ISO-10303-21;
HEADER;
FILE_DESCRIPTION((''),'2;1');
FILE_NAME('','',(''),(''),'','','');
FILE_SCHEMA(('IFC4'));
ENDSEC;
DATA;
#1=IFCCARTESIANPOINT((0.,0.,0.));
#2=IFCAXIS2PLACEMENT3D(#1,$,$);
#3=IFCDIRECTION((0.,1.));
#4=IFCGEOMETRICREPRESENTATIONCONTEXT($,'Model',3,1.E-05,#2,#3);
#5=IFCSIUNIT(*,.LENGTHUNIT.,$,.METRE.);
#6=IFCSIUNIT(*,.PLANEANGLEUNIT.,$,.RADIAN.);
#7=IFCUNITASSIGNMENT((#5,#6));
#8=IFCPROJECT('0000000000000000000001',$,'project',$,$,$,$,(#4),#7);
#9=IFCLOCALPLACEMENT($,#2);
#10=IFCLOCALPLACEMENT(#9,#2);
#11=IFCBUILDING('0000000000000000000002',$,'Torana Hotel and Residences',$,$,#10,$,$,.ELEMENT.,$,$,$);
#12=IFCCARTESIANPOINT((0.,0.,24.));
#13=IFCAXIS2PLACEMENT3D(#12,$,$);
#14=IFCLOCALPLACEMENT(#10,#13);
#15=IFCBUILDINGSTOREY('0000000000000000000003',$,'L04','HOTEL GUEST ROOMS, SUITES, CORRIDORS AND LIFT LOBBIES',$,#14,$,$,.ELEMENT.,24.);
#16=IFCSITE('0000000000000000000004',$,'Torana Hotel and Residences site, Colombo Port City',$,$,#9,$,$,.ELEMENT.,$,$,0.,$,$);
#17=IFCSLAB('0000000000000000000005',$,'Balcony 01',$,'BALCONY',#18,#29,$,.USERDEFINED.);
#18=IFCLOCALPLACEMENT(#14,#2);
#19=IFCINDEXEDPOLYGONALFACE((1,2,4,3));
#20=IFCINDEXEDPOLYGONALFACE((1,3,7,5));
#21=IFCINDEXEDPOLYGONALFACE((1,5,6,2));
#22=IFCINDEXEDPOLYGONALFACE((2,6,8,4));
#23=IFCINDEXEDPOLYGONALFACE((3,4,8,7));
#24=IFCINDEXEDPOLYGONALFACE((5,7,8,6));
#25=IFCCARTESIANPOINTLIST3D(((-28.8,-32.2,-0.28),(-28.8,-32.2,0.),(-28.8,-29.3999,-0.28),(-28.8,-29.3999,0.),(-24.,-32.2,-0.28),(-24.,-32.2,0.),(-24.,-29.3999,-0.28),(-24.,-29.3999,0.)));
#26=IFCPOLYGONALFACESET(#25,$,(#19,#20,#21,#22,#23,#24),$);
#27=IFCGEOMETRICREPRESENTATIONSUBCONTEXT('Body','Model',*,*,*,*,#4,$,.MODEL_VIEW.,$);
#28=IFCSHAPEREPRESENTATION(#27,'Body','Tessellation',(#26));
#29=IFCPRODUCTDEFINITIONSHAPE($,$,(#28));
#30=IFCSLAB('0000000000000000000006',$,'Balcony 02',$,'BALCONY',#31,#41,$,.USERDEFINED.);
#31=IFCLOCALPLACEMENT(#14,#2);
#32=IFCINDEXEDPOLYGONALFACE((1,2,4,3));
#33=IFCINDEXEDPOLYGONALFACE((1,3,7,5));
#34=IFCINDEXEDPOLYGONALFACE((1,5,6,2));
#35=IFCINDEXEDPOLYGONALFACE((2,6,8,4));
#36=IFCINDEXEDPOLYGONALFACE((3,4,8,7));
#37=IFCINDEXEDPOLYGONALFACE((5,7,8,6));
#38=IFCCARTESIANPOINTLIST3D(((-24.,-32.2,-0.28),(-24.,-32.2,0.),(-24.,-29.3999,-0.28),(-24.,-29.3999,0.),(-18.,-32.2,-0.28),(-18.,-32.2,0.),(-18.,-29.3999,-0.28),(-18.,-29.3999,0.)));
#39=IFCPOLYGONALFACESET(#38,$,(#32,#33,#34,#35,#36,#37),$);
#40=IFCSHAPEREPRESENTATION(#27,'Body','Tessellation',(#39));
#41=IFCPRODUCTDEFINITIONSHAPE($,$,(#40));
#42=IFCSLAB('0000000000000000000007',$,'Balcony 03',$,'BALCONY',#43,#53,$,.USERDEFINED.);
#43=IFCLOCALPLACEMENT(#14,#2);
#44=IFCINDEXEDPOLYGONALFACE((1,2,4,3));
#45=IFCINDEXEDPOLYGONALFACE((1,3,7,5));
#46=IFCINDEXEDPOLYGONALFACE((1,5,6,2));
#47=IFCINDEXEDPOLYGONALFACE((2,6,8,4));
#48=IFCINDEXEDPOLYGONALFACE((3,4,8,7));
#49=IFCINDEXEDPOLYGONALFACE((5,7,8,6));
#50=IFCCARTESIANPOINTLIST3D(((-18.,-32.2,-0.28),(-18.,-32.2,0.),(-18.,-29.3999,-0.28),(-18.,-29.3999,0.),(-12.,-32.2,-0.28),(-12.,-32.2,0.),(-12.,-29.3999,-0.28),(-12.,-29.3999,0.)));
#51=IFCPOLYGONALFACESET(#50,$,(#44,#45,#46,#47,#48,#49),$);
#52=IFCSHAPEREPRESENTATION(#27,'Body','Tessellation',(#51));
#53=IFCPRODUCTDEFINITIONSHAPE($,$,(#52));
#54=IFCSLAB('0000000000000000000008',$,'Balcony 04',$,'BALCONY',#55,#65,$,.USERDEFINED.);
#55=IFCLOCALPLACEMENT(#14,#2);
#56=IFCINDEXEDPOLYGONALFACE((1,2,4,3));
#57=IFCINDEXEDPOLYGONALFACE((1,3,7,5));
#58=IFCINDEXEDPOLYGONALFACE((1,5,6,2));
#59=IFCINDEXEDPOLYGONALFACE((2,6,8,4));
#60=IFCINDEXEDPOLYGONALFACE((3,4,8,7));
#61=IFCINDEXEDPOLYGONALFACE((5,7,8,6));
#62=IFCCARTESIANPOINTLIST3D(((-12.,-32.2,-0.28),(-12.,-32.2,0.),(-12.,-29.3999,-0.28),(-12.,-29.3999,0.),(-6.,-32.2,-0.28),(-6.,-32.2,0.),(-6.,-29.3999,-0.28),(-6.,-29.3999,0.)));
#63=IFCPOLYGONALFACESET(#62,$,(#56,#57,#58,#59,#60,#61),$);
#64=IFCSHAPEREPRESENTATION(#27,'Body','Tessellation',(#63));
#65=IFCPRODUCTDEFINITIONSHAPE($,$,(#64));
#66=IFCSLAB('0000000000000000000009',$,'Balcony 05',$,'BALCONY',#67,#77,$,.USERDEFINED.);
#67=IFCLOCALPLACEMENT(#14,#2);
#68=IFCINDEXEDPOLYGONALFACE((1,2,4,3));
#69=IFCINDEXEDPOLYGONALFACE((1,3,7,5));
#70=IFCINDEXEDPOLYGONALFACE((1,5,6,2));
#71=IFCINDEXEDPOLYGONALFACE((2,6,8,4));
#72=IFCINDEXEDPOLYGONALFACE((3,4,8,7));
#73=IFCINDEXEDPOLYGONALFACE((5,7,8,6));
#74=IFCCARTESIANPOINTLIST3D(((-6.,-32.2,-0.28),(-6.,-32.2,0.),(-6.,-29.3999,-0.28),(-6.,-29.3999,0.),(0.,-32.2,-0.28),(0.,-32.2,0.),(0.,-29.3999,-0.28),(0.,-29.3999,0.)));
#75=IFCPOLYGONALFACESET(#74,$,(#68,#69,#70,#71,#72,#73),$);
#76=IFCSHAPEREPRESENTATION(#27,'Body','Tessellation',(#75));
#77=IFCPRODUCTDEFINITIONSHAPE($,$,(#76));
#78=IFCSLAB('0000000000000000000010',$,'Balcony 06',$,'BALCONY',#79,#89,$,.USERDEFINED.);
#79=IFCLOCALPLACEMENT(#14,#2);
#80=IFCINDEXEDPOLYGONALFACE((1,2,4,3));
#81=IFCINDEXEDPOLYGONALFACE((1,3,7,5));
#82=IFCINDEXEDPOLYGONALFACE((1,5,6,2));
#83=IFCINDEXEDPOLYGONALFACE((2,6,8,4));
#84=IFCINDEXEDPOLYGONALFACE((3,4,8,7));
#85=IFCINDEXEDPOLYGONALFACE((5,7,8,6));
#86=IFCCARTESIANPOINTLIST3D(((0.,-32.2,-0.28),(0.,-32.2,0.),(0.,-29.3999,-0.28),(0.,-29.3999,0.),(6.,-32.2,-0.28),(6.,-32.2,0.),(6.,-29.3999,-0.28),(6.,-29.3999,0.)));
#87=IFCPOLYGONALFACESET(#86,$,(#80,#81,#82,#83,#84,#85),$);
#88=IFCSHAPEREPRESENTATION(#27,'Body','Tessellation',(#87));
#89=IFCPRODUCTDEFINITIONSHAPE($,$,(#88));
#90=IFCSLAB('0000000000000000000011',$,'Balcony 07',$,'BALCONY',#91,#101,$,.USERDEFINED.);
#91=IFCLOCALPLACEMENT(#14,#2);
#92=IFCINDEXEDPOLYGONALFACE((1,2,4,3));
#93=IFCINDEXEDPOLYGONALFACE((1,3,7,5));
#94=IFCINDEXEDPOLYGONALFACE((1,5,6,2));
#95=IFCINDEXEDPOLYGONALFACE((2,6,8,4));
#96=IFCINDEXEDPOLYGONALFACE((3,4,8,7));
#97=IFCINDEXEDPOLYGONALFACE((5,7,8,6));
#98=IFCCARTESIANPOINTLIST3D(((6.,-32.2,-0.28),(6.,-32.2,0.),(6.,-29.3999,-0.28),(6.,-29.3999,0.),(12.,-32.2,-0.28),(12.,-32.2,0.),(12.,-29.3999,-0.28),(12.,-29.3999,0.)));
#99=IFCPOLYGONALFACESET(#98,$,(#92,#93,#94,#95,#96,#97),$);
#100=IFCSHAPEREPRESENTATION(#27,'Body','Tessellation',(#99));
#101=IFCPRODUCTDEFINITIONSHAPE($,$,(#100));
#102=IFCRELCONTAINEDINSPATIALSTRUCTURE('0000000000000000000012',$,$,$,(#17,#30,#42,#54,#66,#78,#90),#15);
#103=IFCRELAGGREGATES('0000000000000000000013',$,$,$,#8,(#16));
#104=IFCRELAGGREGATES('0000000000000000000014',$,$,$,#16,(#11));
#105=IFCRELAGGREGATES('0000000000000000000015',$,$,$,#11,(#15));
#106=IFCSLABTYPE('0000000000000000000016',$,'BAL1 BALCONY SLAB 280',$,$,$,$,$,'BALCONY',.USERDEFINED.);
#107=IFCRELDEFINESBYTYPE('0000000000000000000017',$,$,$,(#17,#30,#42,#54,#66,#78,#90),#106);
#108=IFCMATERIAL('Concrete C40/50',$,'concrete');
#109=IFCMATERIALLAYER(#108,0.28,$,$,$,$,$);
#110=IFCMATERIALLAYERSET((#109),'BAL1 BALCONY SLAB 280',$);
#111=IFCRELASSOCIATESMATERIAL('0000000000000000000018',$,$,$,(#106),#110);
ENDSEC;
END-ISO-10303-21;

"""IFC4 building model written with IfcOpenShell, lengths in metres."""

from ifc_helpers import new_model, si_unit, direction, frame, origin, place, context, subcontext, project, spatial, polyline, outline, extrude, material, layer, layer_set, type_object, element, save


model = new_model("IFC4")

# Units and contexts
model_context = context("Model", 3, precision=1e-05, world=origin(), true_north=direction((0.0, 1.0)))
body_context = subcontext(model_context, "Body", "Model", "MODEL_VIEW")
ifc_project = project(units=[si_unit("LENGTHUNIT", "METRE"), si_unit("PLANEANGLEUNIT", "RADIAN")], contexts=[model_context])

# Site, building, storey
site_placement = place(None, origin())
site = spatial("IfcSite", under=ifc_project, at=site_placement, Name="Torana Hotel and Residences site, Colombo Port City", CompositionType="ELEMENT", RefElevation=0.0)
building_placement = place(site_placement, origin())
building = spatial("IfcBuilding", under=site, at=building_placement, Name="Torana Hotel and Residences", CompositionType="ELEMENT")
storey_placement = place(building_placement, frame((0.0, 0.0, 24.0)))
storey = spatial("IfcBuildingStorey", under=building, at=storey_placement, Name="L04", Description="HOTEL GUEST ROOMS, SUITES, CORRIDORS AND LIFT LOBBIES", CompositionType="ELEMENT", Elevation=24.0)

# Slabs
ifc_material_1 = material(Name="Concrete C40/50", Category="concrete")
ifc_layer_1 = layer(ifc_material_1, 0.28)
ifc_layer_set_1 = layer_set([ifc_layer_1], Name="BAL1 BALCONY SLAB 280")
slab_type_1 = type_object("IfcSlabType", Name="BAL1 BALCONY SLAB 280", ElementType="BALCONY", PredefinedType="USERDEFINED", material=ifc_layer_set_1)
slab_1_placement = place(storey_placement, frame((0.0, 0.0, -0.28)))
element("IfcSlab", 1, at=slab_1_placement, inside=storey, type_object=slab_type_1, Name="Balcony 01", ObjectType="BALCONY", PredefinedType="USERDEFINED", context=body_context, shape_type="SweptSolid", body=[
    extrude(outline(polyline([(-28.8, -32.2), (-24.0, -32.2), (-24.0, -29.3999), (-28.8, -29.3999), (-28.8, -32.2)])), origin(), (0.0, 0.0, 1.0), 0.28),
])
slab_2_placement = place(storey_placement, frame((0.0, 0.0, -0.28)))
element("IfcSlab", 2, at=slab_2_placement, inside=storey, type_object=slab_type_1, Name="Balcony 02", ObjectType="BALCONY", PredefinedType="USERDEFINED", context=body_context, shape_type="SweptSolid", body=[
    extrude(outline(polyline([(-24.0, -32.2), (-18.0, -32.2), (-18.0, -29.3999), (-24.0, -29.3999), (-24.0, -32.2)])), origin(), (0.0, 0.0, 1.0), 0.28),
])
slab_3_placement = place(storey_placement, frame((0.0, 0.0, -0.28)))
element("IfcSlab", 3, at=slab_3_placement, inside=storey, type_object=slab_type_1, Name="Balcony 03", ObjectType="BALCONY", PredefinedType="USERDEFINED", context=body_context, shape_type="SweptSolid", body=[
    extrude(outline(polyline([(-18.0, -32.2), (-12.0, -32.2), (-12.0, -29.3999), (-18.0, -29.3999), (-18.0, -32.2)])), origin(), (0.0, 0.0, 1.0), 0.28),
])
slab_4_placement = place(storey_placement, frame((0.0, 0.0, -0.28)))
element("IfcSlab", 4, at=slab_4_placement, inside=storey, type_object=slab_type_1, Name="Balcony 04", ObjectType="BALCONY", PredefinedType="USERDEFINED", context=body_context, shape_type="SweptSolid", body=[
    extrude(outline(polyline([(-12.0, -32.2), (-6.0, -32.2), (-6.0, -29.3999), (-12.0, -29.3999), (-12.0, -32.2)])), origin(), (0.0, 0.0, 1.0), 0.28),
])
slab_5_placement = place(storey_placement, frame((0.0, 0.0, -0.28)))
element("IfcSlab", 5, at=slab_5_placement, inside=storey, type_object=slab_type_1, Name="Balcony 05", ObjectType="BALCONY", PredefinedType="USERDEFINED", context=body_context, shape_type="SweptSolid", body=[
    extrude(outline(polyline([(-6.0, -32.2), (0.0, -32.2), (0.0, -29.3999), (-6.0, -29.3999), (-6.0, -32.2)])), origin(), (0.0, 0.0, 1.0), 0.28),
])
slab_6_placement = place(storey_placement, frame((0.0, 0.0, -0.28)))
element("IfcSlab", 6, at=slab_6_placement, inside=storey, type_object=slab_type_1, Name="Balcony 06", ObjectType="BALCONY", PredefinedType="USERDEFINED", context=body_context, shape_type="SweptSolid", body=[
    extrude(outline(polyline([(0.0, -32.2), (6.0, -32.2), (6.0, -29.3999), (0.0, -29.3999), (0.0, -32.2)])), origin(), (0.0, 0.0, 1.0), 0.28),
])
slab_7_placement = place(storey_placement, frame((0.0, 0.0, -0.28)))
element("IfcSlab", 7, at=slab_7_placement, inside=storey, type_object=slab_type_1, Name="Balcony 07", ObjectType="BALCONY", PredefinedType="USERDEFINED", context=body_context, shape_type="SweptSolid", body=[
    extrude(outline(polyline([(6.0, -32.2), (12.0, -32.2), (12.0, -29.3999), (6.0, -29.3999), (6.0, -32.2)])), origin(), (0.0, 0.0, 1.0), 0.28),
])

save(model, "model.ifc")
